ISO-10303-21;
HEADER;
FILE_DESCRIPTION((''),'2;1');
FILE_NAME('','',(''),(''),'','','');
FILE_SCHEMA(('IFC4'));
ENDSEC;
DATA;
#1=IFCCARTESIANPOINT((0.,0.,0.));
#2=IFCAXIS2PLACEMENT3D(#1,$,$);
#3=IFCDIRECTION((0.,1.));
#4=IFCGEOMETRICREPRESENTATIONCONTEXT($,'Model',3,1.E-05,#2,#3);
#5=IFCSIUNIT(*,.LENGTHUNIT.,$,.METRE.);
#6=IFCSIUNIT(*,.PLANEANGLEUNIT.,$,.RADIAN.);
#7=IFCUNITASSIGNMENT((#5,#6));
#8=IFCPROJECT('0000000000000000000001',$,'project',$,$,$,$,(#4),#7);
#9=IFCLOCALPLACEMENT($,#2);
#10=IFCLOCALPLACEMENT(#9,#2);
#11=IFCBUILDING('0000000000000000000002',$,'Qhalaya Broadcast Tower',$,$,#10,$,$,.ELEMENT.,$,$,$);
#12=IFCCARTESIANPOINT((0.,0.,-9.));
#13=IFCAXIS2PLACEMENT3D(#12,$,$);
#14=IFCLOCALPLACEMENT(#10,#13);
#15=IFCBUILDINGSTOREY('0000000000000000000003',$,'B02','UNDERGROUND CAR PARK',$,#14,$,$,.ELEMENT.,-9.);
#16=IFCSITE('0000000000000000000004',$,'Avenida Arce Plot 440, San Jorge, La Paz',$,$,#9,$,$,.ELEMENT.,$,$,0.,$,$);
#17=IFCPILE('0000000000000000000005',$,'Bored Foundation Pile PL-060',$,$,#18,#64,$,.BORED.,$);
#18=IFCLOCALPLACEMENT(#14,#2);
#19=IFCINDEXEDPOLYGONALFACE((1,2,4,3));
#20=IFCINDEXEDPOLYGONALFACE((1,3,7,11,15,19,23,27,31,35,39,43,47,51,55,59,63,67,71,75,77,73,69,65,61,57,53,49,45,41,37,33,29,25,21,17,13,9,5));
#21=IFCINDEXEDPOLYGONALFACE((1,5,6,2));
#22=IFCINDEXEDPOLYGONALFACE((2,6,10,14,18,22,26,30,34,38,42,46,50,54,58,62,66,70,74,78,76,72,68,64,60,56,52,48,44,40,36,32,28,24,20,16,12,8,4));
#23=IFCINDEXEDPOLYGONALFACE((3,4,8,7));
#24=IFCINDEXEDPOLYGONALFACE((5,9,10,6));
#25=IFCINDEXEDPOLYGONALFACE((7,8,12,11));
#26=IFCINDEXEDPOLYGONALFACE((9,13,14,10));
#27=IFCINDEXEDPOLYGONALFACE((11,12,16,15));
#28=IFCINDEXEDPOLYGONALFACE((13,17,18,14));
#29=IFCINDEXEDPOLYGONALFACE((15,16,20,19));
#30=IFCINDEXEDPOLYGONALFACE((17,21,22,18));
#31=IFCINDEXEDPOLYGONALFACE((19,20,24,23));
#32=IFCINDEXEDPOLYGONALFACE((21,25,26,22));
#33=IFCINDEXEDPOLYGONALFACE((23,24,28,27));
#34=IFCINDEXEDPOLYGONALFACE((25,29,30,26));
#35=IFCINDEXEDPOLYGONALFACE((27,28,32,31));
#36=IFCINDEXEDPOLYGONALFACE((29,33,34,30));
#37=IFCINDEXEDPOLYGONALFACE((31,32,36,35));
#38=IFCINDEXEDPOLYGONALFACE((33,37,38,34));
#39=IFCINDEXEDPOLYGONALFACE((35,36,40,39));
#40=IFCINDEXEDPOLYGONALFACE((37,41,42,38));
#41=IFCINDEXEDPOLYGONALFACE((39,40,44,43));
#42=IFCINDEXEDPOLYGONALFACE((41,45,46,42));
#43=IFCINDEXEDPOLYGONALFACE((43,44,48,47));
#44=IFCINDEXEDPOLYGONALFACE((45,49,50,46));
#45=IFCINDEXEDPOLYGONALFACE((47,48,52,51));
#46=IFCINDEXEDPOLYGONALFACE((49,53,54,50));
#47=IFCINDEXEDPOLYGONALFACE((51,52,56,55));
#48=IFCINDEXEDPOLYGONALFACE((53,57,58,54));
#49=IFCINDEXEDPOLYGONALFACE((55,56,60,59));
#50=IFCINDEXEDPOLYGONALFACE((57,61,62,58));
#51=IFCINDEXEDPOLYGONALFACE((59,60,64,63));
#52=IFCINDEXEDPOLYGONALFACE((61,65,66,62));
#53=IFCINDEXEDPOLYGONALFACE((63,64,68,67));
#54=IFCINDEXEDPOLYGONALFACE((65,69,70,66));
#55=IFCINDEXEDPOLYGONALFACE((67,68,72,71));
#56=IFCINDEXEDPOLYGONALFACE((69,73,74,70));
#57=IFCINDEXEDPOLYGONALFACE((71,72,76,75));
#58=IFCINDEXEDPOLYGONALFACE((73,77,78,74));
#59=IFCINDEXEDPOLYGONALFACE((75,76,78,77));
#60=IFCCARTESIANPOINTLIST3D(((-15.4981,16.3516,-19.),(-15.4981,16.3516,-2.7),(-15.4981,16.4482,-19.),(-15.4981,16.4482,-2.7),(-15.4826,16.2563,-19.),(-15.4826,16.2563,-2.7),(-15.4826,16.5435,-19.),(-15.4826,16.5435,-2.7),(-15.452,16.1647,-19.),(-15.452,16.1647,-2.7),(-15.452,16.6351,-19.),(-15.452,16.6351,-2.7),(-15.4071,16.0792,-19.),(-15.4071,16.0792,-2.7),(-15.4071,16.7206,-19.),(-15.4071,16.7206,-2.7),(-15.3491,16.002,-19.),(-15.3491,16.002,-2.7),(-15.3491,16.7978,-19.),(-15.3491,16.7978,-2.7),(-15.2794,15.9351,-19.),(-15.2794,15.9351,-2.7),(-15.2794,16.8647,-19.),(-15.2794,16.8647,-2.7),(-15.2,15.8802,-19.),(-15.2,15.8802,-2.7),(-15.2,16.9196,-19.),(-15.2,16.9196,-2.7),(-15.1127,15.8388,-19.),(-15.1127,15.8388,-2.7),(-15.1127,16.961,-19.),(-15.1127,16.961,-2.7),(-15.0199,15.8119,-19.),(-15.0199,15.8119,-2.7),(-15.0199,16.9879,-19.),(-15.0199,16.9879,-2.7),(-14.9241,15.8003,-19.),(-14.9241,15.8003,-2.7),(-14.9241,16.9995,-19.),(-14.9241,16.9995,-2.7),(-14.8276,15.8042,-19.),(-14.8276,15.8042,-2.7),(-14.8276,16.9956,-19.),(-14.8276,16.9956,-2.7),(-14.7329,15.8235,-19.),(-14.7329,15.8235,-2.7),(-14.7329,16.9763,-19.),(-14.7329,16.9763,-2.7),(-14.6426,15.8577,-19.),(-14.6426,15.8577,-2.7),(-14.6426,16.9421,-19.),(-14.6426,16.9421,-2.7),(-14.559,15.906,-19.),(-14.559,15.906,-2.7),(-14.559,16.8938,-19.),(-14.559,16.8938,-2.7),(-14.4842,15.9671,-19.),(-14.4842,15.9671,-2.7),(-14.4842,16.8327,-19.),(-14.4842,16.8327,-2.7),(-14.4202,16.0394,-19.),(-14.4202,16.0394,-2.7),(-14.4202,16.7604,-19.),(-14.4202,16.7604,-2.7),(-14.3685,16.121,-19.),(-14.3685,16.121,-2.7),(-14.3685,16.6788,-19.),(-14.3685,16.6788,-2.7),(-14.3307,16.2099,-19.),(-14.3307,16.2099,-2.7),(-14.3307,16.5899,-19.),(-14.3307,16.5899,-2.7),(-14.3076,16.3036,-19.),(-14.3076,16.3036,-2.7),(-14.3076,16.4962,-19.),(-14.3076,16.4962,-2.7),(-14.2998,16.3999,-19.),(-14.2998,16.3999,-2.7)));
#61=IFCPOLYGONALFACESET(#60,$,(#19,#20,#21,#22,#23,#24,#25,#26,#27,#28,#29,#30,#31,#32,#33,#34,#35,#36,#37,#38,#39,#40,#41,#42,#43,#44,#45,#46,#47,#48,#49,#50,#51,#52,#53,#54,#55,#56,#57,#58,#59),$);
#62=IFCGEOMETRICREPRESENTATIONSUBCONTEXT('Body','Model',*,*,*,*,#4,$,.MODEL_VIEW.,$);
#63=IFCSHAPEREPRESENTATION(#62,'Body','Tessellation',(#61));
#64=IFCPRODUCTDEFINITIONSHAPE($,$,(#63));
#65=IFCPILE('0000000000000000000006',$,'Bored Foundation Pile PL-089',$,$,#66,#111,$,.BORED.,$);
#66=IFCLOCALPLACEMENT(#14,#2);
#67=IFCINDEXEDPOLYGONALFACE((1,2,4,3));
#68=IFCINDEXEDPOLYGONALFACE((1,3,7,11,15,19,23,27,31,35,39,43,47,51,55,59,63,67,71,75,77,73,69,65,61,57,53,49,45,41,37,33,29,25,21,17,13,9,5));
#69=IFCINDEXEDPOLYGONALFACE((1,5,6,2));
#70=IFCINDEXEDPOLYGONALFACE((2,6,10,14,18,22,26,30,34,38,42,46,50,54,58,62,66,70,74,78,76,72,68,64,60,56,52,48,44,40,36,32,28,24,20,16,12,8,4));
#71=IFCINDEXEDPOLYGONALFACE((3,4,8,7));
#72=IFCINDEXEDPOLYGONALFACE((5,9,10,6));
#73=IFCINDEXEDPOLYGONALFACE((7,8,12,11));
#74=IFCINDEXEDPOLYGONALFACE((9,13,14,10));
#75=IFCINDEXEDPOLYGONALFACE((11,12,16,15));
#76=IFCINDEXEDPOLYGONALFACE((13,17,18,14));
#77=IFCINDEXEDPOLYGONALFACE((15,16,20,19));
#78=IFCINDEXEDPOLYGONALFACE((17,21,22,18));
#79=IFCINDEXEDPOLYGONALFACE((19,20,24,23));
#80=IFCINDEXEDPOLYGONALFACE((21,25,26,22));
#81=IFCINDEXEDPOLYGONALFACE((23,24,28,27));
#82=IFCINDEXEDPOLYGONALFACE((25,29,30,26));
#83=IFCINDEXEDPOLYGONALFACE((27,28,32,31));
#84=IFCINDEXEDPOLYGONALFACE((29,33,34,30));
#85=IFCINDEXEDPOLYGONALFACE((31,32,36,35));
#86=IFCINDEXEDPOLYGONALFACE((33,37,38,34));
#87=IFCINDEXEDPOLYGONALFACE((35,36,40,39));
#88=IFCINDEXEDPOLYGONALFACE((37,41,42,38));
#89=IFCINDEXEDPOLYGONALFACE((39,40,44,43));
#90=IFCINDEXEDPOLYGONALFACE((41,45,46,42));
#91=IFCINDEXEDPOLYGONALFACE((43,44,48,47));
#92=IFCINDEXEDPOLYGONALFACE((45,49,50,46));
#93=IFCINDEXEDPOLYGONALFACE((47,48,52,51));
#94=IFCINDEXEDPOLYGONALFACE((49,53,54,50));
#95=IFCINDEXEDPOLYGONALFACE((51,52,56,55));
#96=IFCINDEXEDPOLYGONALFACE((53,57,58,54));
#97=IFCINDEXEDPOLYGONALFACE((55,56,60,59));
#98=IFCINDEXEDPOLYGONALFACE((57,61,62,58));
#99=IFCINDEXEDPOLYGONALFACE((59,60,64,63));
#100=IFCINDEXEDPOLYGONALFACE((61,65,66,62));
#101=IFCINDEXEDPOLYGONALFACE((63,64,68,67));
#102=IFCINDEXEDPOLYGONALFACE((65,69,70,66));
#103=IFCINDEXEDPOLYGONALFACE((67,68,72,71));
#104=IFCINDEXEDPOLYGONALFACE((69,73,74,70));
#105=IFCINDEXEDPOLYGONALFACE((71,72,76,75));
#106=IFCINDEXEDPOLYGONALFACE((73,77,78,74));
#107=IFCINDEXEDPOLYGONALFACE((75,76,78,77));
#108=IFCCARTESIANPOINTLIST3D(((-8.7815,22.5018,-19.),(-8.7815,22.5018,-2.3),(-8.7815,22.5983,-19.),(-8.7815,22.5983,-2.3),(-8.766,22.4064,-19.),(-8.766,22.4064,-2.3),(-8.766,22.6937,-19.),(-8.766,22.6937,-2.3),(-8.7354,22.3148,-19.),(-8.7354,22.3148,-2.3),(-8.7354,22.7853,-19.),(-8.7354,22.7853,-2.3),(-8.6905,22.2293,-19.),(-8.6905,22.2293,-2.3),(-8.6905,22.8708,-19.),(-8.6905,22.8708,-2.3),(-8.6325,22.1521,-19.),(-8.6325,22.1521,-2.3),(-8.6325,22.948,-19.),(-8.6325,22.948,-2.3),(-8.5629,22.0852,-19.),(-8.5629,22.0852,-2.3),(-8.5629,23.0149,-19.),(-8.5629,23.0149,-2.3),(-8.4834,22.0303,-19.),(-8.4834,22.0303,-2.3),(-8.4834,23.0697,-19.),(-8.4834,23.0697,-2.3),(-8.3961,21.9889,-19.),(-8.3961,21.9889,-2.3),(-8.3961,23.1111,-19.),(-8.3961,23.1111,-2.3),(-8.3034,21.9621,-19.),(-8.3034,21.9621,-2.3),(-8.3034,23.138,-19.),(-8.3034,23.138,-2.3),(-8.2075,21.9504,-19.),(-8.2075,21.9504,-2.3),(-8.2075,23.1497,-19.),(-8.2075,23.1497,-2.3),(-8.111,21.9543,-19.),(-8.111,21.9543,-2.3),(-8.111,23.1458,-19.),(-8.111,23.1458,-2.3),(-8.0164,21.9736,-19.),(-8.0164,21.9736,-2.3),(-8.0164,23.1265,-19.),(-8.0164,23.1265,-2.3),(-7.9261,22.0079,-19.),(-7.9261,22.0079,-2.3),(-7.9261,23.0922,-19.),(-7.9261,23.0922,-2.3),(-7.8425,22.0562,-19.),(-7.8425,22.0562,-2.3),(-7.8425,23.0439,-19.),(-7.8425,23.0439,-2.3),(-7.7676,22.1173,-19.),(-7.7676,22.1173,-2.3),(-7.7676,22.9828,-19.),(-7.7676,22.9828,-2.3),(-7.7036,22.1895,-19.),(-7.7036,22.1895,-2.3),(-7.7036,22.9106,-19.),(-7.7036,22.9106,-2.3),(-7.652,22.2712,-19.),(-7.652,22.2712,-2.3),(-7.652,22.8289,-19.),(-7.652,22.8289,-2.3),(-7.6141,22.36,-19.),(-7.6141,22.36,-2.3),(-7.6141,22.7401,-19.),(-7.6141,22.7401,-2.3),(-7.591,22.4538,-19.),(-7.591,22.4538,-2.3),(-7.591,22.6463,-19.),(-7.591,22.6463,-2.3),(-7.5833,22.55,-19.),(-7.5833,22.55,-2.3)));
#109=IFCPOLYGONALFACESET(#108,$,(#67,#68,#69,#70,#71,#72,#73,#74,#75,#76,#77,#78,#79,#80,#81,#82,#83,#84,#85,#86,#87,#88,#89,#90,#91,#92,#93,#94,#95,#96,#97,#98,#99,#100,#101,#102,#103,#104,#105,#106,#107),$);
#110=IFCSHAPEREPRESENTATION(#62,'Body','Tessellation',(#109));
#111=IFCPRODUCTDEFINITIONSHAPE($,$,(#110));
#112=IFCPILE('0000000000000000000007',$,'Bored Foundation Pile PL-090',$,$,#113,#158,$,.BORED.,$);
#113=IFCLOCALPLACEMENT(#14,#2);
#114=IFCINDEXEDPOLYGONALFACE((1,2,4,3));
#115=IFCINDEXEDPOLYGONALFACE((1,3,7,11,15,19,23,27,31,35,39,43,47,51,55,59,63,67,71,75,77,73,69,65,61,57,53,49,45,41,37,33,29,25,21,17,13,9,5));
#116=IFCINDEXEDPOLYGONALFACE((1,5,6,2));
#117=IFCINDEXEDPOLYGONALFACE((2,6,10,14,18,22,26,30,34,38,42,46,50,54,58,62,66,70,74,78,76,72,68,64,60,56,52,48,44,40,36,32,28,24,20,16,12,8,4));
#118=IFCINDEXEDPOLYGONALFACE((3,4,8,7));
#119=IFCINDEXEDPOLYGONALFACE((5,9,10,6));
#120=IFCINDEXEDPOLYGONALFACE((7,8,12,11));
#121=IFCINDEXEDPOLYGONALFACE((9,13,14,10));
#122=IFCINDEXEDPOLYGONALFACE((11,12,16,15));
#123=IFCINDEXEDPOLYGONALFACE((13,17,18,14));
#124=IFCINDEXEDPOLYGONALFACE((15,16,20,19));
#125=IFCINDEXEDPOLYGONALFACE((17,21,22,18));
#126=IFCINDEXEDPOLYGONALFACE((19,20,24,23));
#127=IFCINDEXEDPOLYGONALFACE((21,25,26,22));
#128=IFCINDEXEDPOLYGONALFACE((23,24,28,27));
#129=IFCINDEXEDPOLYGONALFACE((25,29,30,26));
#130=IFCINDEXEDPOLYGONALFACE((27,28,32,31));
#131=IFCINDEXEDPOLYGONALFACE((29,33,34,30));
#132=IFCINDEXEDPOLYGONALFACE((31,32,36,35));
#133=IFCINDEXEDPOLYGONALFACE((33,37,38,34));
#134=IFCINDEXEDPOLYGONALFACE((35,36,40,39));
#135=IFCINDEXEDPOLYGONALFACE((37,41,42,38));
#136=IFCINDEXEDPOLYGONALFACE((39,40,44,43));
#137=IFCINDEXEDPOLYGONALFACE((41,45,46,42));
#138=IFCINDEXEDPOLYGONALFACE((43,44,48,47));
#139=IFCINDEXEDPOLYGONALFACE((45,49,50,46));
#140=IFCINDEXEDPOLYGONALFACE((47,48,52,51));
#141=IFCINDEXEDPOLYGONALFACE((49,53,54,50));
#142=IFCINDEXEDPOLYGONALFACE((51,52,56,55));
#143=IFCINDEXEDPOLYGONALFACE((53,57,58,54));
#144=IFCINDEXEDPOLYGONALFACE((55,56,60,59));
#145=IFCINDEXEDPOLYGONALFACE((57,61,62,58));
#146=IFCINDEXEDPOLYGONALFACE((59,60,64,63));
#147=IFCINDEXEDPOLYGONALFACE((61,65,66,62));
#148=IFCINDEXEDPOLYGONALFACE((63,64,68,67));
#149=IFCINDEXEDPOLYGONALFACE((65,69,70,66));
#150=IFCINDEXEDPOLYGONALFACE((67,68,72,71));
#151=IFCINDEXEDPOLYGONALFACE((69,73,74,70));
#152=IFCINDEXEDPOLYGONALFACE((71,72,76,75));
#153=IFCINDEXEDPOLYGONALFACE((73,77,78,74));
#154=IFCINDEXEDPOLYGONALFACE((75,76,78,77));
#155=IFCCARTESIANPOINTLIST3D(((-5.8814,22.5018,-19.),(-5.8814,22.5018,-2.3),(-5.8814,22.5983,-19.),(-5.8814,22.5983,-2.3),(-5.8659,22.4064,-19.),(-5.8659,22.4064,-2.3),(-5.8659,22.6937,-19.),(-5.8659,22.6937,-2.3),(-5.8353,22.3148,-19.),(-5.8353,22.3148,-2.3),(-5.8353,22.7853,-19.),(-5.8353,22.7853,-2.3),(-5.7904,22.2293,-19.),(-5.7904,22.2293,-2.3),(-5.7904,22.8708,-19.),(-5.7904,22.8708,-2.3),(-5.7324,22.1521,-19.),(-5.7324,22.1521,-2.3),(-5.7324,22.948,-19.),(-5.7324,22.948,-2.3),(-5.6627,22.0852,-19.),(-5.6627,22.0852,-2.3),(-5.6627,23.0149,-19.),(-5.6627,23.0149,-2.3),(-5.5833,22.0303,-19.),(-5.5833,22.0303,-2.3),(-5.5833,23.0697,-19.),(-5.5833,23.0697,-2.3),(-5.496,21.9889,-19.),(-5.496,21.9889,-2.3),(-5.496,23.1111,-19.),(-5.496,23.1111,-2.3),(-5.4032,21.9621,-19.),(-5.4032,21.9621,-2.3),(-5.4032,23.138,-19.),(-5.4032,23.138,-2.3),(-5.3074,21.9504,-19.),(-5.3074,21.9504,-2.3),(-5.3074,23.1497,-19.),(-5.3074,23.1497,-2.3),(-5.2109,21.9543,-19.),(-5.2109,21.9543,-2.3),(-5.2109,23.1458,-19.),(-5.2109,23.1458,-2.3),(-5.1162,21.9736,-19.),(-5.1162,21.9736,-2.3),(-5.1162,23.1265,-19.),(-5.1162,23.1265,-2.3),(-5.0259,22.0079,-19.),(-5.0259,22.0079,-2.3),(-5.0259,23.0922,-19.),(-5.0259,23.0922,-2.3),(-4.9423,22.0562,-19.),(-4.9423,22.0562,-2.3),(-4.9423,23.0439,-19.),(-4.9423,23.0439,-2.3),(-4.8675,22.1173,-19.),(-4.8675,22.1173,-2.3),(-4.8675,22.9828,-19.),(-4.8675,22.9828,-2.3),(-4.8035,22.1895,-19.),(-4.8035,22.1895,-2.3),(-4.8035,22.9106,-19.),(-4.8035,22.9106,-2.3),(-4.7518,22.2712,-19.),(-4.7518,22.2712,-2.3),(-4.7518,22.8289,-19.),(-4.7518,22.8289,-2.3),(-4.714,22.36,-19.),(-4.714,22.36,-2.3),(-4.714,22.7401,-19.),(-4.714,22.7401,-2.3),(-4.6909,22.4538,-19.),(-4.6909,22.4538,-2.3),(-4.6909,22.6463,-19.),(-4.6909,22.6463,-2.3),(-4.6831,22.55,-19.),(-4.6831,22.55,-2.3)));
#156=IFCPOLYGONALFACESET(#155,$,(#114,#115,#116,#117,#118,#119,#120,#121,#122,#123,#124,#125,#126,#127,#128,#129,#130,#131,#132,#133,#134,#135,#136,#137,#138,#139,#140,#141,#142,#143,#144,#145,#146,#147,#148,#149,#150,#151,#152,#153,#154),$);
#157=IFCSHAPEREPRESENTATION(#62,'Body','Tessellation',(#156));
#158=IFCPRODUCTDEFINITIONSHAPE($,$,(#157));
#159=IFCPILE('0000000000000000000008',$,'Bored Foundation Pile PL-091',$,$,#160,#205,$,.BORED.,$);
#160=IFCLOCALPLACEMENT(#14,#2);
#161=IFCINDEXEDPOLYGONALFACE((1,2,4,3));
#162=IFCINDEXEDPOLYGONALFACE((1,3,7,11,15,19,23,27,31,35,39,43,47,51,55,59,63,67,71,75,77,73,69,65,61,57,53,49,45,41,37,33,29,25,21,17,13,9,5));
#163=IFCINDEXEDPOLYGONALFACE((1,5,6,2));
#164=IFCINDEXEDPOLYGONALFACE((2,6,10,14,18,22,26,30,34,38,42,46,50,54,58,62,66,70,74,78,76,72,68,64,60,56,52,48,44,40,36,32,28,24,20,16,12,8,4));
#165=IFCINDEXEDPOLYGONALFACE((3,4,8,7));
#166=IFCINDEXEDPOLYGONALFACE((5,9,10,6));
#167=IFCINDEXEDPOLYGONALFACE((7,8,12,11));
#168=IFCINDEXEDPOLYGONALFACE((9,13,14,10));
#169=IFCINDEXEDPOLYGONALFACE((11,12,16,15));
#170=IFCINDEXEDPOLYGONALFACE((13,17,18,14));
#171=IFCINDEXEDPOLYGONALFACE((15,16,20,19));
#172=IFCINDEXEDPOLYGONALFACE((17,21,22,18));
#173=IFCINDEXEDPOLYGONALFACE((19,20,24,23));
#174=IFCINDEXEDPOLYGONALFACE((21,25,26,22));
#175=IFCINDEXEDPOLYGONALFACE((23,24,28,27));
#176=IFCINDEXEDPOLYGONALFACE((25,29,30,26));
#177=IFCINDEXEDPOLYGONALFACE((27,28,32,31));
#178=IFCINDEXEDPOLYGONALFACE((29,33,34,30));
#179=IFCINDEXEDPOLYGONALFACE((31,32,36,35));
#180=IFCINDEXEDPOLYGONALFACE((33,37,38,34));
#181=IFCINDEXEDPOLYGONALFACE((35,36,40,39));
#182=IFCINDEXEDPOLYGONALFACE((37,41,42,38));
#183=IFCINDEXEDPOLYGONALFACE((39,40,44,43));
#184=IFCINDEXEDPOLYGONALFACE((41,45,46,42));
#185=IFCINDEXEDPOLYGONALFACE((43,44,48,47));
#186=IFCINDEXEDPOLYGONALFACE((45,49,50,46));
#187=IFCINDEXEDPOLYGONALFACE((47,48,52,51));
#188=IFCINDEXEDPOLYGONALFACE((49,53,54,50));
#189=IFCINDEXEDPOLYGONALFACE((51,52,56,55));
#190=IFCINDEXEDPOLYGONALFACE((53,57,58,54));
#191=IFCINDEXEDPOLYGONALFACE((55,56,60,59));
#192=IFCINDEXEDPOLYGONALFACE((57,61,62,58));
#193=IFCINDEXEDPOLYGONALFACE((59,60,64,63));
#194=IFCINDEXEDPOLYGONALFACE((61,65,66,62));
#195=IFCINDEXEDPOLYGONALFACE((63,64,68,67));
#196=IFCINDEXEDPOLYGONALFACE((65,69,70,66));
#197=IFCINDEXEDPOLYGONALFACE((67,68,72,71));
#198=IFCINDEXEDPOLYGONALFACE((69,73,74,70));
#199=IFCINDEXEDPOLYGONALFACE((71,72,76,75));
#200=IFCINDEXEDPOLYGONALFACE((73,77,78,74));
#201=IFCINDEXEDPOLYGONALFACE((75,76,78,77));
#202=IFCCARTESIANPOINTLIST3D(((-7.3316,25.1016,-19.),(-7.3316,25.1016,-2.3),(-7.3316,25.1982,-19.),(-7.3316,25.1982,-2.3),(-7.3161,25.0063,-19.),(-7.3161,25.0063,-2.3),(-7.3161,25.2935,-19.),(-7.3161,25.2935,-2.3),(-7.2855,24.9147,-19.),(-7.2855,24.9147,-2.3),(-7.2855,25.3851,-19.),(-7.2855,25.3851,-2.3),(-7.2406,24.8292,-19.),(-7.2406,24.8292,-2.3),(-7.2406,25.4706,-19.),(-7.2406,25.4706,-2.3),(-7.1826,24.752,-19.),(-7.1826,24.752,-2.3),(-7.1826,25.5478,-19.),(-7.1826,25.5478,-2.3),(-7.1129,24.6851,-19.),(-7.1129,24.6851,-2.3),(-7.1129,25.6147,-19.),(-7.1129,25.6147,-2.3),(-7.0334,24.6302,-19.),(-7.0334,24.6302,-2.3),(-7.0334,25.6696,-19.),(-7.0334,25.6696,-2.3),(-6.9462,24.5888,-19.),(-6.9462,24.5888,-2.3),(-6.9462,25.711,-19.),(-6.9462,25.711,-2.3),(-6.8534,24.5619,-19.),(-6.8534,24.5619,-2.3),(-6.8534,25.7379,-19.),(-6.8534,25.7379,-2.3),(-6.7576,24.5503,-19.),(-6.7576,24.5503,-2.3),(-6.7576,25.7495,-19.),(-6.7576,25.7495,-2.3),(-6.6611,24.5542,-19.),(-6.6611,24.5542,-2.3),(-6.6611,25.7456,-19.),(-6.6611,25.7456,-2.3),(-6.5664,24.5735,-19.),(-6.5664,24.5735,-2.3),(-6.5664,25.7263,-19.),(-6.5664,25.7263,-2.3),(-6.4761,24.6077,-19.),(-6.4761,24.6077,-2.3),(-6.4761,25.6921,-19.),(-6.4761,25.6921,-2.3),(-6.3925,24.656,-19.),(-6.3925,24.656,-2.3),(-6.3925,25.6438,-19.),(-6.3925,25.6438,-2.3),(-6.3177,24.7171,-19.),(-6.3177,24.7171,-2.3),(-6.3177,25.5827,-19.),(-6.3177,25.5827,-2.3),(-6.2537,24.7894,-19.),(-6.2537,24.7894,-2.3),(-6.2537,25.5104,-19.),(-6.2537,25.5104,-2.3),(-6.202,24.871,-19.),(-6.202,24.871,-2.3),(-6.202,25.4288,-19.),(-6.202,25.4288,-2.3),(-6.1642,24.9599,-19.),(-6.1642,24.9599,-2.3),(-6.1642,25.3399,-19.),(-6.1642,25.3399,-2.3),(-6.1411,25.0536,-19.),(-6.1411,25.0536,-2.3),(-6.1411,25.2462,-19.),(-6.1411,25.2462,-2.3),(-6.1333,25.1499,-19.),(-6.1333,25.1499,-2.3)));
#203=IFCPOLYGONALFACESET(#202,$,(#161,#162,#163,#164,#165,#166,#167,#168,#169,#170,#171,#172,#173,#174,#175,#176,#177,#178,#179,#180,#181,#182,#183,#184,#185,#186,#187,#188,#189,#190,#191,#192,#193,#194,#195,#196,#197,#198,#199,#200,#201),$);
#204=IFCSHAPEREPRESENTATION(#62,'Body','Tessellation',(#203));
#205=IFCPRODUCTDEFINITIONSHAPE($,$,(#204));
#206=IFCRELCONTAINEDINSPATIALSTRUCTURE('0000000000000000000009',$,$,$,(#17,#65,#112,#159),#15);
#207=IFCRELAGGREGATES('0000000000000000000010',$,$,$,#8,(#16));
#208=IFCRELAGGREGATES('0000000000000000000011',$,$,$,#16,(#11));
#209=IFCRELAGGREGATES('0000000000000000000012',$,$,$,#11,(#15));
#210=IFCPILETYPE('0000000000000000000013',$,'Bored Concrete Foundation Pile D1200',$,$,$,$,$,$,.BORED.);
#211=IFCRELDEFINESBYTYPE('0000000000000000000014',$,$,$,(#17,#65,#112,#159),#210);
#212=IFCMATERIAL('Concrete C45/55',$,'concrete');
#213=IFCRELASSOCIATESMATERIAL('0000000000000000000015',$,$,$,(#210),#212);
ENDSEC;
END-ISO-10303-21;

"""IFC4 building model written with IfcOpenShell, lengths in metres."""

from ifc_helpers import new_model, si_unit, direction, frame, origin, origin_2d, place, context, subcontext, project, spatial, circle, extrude, material, material_profile, profile_set, type_object, element, save


model = new_model("IFC4")

# Units and contexts
model_context = context("Model", 3, precision=1e-05, world=origin(), true_north=direction((0.0, 1.0)))
body_context = subcontext(model_context, "Body", "Model", "MODEL_VIEW")
ifc_project = project(units=[si_unit("LENGTHUNIT", "METRE"), si_unit("PLANEANGLEUNIT", "RADIAN")], contexts=[model_context])

# Site, building, storey
site_placement = place(None, origin())
site = spatial("IfcSite", under=ifc_project, at=site_placement, Name="Avenida Arce Plot 440, San Jorge, La Paz", CompositionType="ELEMENT", RefElevation=0.0)
building_placement = place(site_placement, origin())
building = spatial("IfcBuilding", under=site, at=building_placement, Name="Qhalaya Broadcast Tower", CompositionType="ELEMENT")
storey_placement = place(building_placement, frame((0.0, 0.0, -9.0)))
storey = spatial("IfcBuildingStorey", under=building, at=storey_placement, Name="B02", Description="UNDERGROUND CAR PARK", CompositionType="ELEMENT", Elevation=-9.0)

# Piles
ifc_material_1 = material(Name="Concrete C45/55", Category="concrete")
ifc_material_profile_1 = material_profile(ifc_material_1, circle(Radius=0.6001, at=origin_2d()), Name="PILE D1200")
ifc_profile_set_1 = profile_set([ifc_material_profile_1], Name="Concrete C45/55")
pile_type_1 = type_object("IfcPileType", Name="Bored Concrete Foundation Pile D1200", PredefinedType="BORED", material=ifc_profile_set_1)
pile_placement = place(storey_placement, frame((-14.8999, 16.3999, -2.7), z_axis=(0.0, 0.0, -1.0), x_axis=(1.0, 0.0, 0.0)))
element("IfcPile", 1, at=pile_placement, inside=storey, type_object=pile_type_1, Name="Bored Foundation Pile PL-060", PredefinedType="BORED", context=body_context, shape_type="SweptSolid", body=[
    extrude(circle(Radius=0.6001, at=origin_2d()), origin(), (0.0, 0.0, 1.0), 16.3),
])
for number, where, z_axis, x_axis, name in (
    (2, (-8.1833, 22.55, -2.3), (0.0, 0.0, -1.0), (1.0, 0.0, 0.0), "Bored Foundation Pile PL-089"),
    (3, (-5.2832, 22.55, -2.3), (0.0, 0.0, -1.0), (1.0, 0.0, 0.0), "Bored Foundation Pile PL-090"),
    (4, (-6.7334, 25.1499, -2.3), (0.0, 0.0, -1.0), (1.0, 0.0, 0.0), "Bored Foundation Pile PL-091"),
):
    element("IfcPile", number, at=place(storey_placement, frame(where, z_axis=z_axis, x_axis=x_axis)), inside=storey, type_object=pile_type_1, Name=name, PredefinedType="BORED", context=body_context, shape_type="SweptSolid", body=[
        extrude(circle(Radius=0.6001, at=origin_2d()), origin(), (0.0, 0.0, 1.0), 16.7),
    ])

save(model, "model.ifc")
